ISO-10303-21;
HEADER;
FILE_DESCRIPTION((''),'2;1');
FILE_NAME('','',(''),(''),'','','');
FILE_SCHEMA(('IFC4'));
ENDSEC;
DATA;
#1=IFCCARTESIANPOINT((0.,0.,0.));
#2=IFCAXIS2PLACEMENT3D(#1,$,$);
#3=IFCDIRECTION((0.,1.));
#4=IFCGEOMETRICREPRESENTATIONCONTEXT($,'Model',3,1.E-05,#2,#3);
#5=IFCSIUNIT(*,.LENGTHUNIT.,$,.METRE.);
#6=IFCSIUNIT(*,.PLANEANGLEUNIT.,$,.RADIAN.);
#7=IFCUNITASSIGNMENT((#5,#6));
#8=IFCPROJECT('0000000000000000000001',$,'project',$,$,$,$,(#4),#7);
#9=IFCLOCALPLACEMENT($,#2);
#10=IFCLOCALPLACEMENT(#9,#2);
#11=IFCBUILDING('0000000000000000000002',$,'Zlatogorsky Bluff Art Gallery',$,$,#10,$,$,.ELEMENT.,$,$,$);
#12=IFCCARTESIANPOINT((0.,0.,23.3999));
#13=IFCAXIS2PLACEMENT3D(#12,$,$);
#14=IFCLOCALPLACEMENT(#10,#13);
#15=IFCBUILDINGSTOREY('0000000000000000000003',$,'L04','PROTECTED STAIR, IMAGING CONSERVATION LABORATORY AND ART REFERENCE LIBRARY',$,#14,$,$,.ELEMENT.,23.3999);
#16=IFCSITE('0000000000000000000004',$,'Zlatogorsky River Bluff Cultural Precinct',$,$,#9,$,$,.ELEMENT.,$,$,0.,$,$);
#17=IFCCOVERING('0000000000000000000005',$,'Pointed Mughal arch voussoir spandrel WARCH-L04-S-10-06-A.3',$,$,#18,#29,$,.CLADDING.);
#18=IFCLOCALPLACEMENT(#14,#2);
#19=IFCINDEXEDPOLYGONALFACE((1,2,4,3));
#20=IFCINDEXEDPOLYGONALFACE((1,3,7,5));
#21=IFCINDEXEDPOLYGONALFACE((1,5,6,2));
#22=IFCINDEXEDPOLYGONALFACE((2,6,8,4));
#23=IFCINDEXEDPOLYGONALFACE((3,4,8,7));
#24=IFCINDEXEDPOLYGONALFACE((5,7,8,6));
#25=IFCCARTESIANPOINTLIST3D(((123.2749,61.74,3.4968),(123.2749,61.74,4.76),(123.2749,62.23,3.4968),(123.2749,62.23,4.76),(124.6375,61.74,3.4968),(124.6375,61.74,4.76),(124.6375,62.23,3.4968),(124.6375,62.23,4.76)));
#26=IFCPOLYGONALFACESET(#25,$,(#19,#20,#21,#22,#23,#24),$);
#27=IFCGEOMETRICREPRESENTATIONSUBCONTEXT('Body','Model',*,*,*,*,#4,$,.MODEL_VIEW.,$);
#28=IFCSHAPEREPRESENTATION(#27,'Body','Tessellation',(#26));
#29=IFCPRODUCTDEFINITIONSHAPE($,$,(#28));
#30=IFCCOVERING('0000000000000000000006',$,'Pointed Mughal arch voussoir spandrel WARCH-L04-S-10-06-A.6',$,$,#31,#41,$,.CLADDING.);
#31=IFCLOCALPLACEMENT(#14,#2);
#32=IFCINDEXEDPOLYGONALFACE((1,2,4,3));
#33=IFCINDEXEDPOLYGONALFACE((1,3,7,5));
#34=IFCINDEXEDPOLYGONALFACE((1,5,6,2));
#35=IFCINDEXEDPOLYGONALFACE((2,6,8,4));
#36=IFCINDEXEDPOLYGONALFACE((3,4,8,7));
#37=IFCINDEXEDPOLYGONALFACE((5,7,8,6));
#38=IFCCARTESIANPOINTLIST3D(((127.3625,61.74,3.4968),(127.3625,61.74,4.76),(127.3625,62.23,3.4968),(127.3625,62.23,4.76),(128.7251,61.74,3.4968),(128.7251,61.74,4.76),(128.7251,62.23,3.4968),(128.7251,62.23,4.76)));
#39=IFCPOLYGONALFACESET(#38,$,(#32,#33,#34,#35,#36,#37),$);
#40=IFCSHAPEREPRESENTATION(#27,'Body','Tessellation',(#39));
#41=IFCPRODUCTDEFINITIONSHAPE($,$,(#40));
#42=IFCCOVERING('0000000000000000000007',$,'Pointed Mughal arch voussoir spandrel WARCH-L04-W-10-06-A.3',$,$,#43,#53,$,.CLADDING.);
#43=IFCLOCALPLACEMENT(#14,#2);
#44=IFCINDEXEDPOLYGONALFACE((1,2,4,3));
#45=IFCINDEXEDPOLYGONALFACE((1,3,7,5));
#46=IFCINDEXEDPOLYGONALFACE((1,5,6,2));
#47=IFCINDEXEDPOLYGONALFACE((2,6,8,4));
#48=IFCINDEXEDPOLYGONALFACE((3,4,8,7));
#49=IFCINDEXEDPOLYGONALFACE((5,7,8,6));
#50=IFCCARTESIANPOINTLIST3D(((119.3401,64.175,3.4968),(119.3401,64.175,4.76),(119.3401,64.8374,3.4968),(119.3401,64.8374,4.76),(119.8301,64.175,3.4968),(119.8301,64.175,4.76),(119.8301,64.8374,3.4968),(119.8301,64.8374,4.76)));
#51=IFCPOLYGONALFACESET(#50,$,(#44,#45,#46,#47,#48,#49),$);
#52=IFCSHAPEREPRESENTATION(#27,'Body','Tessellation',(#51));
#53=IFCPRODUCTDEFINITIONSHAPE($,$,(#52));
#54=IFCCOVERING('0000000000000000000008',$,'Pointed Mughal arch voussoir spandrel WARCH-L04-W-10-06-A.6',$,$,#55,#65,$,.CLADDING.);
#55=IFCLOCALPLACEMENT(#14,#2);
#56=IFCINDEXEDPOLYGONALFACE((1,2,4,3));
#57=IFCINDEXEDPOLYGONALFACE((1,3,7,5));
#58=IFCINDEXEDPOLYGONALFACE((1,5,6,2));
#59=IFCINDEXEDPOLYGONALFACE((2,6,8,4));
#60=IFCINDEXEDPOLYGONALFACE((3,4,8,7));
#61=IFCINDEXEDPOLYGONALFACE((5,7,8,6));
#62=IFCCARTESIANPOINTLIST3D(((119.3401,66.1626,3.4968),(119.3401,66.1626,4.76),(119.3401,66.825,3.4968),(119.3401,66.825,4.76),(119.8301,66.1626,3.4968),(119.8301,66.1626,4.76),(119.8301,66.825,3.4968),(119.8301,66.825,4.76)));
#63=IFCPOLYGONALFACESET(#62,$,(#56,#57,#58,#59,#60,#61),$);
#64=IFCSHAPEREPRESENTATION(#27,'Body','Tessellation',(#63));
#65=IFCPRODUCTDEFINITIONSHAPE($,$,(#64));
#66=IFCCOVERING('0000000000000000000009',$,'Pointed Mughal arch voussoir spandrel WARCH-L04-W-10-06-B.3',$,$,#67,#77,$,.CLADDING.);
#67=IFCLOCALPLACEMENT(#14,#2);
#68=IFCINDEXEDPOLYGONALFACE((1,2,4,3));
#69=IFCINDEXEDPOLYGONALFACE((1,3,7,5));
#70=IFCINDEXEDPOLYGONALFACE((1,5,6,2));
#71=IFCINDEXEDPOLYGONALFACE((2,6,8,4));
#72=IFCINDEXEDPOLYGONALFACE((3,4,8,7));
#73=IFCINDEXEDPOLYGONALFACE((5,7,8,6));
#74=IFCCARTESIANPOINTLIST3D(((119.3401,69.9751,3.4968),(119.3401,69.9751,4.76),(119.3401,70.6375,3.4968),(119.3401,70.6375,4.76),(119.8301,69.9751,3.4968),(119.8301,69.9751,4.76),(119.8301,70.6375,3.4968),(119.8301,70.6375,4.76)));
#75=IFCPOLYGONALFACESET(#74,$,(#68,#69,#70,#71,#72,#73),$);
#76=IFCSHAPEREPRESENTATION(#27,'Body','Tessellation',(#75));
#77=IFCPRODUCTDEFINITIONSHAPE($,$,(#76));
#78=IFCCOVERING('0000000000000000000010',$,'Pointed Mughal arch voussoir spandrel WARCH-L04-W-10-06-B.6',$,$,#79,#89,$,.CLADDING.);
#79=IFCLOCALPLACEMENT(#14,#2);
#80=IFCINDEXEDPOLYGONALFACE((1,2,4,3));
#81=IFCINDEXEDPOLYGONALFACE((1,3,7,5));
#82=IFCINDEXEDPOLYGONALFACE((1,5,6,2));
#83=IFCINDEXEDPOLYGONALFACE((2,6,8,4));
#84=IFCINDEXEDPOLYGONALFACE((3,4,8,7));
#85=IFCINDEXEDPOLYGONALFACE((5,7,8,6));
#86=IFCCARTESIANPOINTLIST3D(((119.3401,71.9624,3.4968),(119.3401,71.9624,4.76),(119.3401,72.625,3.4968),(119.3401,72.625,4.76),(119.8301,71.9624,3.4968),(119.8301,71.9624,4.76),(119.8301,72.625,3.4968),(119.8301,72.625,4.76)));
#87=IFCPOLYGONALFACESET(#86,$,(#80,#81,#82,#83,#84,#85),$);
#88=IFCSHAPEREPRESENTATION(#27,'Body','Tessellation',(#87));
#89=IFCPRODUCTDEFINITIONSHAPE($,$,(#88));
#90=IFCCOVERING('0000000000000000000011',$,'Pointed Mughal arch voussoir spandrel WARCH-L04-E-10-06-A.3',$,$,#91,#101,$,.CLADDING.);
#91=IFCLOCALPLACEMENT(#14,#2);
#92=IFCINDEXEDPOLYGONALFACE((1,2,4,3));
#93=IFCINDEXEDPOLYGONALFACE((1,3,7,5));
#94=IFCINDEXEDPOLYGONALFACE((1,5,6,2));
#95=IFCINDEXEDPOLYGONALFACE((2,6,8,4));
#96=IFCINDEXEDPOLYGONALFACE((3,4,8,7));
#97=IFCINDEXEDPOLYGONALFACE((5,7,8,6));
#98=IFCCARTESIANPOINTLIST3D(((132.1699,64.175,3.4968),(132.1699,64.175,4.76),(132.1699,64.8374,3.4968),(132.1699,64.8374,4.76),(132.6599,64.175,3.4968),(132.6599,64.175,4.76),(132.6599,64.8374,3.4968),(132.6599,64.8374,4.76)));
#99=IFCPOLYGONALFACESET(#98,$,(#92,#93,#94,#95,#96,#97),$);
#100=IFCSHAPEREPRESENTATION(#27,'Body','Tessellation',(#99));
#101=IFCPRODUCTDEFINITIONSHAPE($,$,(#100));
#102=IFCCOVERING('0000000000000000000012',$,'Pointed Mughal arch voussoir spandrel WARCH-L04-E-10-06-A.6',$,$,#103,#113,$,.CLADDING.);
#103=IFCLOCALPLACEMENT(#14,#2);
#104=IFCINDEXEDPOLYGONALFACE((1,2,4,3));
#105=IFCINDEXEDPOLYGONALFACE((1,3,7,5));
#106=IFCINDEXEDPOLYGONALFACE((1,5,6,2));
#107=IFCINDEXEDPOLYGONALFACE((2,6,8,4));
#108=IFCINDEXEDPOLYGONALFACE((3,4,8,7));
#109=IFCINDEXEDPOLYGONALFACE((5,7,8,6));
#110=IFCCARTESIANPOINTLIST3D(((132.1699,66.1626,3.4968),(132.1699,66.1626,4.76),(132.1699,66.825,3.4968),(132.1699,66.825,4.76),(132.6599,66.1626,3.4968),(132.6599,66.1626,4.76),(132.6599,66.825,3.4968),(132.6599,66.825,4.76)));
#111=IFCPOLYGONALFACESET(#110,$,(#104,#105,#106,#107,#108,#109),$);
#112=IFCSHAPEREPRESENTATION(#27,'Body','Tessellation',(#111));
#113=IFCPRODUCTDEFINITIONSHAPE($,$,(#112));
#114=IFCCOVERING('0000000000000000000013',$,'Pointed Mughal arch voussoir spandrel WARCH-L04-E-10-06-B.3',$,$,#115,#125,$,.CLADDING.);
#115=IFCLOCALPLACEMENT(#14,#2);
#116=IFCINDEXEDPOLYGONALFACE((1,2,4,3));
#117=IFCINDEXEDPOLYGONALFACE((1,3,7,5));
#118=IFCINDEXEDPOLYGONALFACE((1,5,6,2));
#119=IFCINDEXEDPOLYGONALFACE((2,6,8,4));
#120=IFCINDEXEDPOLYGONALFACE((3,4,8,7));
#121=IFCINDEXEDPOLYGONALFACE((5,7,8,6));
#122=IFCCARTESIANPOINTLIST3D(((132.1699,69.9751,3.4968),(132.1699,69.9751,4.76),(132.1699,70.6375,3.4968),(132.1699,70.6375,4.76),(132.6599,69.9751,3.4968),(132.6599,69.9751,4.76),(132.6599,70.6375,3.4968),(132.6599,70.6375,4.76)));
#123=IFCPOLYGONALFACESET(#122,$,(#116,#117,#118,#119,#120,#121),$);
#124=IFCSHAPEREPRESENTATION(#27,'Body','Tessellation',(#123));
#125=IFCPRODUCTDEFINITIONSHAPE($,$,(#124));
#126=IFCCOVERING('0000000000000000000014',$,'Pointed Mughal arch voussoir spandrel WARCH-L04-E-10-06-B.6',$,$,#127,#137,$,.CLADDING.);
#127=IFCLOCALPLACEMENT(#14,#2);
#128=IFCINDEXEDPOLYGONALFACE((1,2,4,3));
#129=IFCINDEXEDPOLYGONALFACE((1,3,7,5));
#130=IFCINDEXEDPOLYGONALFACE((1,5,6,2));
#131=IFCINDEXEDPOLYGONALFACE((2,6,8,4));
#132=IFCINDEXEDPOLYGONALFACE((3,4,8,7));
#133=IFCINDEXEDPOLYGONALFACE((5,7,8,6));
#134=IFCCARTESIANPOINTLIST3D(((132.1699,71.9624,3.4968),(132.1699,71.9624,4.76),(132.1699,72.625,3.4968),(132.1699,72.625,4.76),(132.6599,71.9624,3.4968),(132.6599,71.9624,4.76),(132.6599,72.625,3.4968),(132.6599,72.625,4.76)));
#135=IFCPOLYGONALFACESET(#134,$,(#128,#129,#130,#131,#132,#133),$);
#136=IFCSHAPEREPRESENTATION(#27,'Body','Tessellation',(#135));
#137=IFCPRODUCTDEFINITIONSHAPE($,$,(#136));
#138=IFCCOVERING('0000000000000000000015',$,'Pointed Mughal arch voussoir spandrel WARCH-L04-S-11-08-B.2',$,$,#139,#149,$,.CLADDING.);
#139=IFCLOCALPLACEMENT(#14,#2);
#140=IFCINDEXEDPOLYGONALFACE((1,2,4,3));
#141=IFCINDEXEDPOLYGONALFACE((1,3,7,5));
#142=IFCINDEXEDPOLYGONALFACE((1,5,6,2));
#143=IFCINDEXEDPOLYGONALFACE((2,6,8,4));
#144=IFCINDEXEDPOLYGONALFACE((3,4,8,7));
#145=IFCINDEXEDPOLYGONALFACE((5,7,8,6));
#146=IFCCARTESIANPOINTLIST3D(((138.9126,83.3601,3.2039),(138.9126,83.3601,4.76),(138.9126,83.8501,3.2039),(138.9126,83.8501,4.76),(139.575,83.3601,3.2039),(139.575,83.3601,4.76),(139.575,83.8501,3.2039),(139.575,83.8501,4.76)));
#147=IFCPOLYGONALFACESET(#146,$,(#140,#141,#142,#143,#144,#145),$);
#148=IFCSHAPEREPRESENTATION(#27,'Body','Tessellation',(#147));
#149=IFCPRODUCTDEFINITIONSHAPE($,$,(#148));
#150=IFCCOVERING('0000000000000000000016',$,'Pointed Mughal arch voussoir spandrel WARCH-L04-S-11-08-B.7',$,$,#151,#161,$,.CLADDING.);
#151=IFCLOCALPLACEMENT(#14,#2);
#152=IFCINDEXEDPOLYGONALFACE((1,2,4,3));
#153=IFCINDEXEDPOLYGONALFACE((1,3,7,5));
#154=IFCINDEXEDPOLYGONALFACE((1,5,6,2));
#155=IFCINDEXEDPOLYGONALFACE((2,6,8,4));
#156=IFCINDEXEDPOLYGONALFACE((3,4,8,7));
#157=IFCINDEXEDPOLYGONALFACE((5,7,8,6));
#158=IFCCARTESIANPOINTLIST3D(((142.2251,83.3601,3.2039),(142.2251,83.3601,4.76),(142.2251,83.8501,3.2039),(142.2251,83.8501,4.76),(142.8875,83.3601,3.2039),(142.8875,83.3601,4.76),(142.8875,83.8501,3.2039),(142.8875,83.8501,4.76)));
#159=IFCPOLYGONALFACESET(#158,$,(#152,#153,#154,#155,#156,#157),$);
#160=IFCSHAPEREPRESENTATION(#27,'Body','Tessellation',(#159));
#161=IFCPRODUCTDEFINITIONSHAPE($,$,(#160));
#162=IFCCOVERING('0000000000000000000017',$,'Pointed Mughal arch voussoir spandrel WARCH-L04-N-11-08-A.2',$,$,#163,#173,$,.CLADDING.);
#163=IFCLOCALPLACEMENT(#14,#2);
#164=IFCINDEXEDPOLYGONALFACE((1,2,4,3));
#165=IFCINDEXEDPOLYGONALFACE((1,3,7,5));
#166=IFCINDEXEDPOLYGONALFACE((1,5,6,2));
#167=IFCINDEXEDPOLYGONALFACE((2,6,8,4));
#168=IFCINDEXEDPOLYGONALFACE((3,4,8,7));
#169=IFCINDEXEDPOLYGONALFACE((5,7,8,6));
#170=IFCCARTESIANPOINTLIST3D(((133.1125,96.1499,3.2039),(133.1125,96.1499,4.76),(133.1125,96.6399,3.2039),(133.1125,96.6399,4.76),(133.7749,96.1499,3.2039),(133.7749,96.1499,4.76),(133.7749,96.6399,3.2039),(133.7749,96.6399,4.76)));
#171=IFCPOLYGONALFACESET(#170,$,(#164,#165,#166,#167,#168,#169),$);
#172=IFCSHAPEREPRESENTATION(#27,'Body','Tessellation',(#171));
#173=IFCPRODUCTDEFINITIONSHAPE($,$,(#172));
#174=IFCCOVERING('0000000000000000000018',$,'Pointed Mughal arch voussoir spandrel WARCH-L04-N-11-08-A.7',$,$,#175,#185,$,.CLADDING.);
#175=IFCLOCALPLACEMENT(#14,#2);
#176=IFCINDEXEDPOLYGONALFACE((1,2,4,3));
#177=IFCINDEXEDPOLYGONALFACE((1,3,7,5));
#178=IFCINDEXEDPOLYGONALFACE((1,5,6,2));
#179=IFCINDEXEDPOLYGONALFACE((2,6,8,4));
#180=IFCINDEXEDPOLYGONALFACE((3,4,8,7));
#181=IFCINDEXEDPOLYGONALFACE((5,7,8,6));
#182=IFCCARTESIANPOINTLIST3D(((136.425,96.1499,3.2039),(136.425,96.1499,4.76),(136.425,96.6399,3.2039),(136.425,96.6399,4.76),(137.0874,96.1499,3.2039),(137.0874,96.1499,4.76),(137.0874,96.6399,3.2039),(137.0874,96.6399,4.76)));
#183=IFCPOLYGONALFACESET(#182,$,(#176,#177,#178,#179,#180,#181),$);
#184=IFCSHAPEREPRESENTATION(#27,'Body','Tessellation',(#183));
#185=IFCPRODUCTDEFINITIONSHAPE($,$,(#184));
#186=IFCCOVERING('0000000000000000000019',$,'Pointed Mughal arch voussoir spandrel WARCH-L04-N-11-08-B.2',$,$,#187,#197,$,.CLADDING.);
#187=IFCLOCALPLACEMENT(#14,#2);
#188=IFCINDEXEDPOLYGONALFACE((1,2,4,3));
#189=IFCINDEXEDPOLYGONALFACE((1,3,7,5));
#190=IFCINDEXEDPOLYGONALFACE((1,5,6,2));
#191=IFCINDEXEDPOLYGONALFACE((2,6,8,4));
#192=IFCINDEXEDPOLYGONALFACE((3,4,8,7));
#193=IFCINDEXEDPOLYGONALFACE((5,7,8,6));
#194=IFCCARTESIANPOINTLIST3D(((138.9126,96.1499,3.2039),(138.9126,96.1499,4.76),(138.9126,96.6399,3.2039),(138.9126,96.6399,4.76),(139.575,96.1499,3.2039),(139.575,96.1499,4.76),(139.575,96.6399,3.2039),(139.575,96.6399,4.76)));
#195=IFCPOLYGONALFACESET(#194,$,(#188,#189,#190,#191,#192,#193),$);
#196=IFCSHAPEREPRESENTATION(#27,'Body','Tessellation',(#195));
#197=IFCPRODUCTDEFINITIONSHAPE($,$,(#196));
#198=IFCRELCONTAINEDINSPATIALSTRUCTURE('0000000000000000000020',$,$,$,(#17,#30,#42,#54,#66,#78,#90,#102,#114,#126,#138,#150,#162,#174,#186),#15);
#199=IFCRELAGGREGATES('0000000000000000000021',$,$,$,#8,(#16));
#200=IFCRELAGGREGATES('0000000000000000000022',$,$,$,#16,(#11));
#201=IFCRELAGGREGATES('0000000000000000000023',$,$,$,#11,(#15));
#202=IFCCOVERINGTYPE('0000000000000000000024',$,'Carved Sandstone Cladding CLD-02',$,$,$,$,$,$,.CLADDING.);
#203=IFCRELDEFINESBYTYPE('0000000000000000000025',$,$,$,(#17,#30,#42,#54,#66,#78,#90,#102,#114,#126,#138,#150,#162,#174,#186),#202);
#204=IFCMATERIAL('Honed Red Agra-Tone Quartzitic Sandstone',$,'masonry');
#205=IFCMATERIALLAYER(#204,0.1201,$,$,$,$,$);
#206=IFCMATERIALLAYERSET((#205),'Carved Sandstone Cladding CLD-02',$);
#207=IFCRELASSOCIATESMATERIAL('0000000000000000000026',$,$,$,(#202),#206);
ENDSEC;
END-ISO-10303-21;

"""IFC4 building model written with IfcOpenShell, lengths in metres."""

from ifc_helpers import new_model, si_unit, direction, frame, origin, place, context, subcontext, project, spatial, polyline, outline, extrude, material, layer, layer_set, type_object, element, save


model = new_model("IFC4")

# Units and contexts
model_context = context("Model", 3, precision=1e-05, world=origin(), true_north=direction((0.0, 1.0)))
body_context = subcontext(model_context, "Body", "Model", "MODEL_VIEW")
ifc_project = project(units=[si_unit("LENGTHUNIT", "METRE"), si_unit("PLANEANGLEUNIT", "RADIAN")], contexts=[model_context])

# Site, building, storey
site_placement = place(None, origin())
site = spatial("IfcSite", under=ifc_project, at=site_placement, Name="Zlatogorsky River Bluff Cultural Precinct", CompositionType="ELEMENT", RefElevation=0.0)
building_placement = place(site_placement, origin())
building = spatial("IfcBuilding", under=site, at=building_placement, Name="Zlatogorsky Bluff Art Gallery", CompositionType="ELEMENT")
storey_placement = place(building_placement, frame((0.0, 0.0, 23.3999)))
storey = spatial("IfcBuildingStorey", under=building, at=storey_placement, Name="L04", Description="PROTECTED STAIR, IMAGING CONSERVATION LABORATORY AND ART REFERENCE LIBRARY", CompositionType="ELEMENT", Elevation=23.3999)

# Coverings
ifc_material = material(Name="Honed Red Agra-Tone Quartzitic Sandstone", Category="masonry")
ifc_layer = layer(ifc_material, 0.1201)
ifc_layer_set = layer_set([ifc_layer], Name="Carved Sandstone Cladding CLD-02")
covering_type = type_object("IfcCoveringType", Name="Carved Sandstone Cladding CLD-02", PredefinedType="CLADDING", material=ifc_layer_set)
covering_1_placement = place(storey_placement, frame((0.0, 0.0, 3.4968)))
element("IfcCovering", 1, at=covering_1_placement, inside=storey, type_object=covering_type, Name="Pointed Mughal arch voussoir spandrel WARCH-L04-S-10-06-A.3", PredefinedType="CLADDING", context=body_context, shape_type="SweptSolid", body=[
    extrude(outline(polyline([(123.2749, 61.74), (124.6375, 61.74), (124.6375, 62.23), (123.2749, 62.23), (123.2749, 61.74)])), origin(), (0.0, 0.0, 1.0), 1.2632),
])
covering_2_placement = place(storey_placement, frame((0.0, 0.0, 3.4968)))
element("IfcCovering", 2, at=covering_2_placement, inside=storey, type_object=covering_type, Name="Pointed Mughal arch voussoir spandrel WARCH-L04-S-10-06-A.6", PredefinedType="CLADDING", context=body_context, shape_type="SweptSolid", body=[
    extrude(outline(polyline([(127.3625, 61.74), (128.7251, 61.74), (128.7251, 62.23), (127.3625, 62.23), (127.3625, 61.74)])), origin(), (0.0, 0.0, 1.0), 1.2632),
])
covering_3_placement = place(storey_placement, frame((0.0, 0.0, 3.4968)))
element("IfcCovering", 3, at=covering_3_placement, inside=storey, type_object=covering_type, Name="Pointed Mughal arch voussoir spandrel WARCH-L04-W-10-06-A.3", PredefinedType="CLADDING", context=body_context, shape_type="SweptSolid", body=[
    extrude(outline(polyline([(119.3401, 64.175), (119.3401, 64.8374), (119.8301, 64.8374), (119.8301, 64.175), (119.3401, 64.175)])), origin(), (0.0, 0.0, 1.0), 1.2632),
])
covering_4_placement = place(storey_placement, frame((0.0, 0.0, 3.4968)))
element("IfcCovering", 4, at=covering_4_placement, inside=storey, type_object=covering_type, Name="Pointed Mughal arch voussoir spandrel WARCH-L04-W-10-06-A.6", PredefinedType="CLADDING", context=body_context, shape_type="SweptSolid", body=[
    extrude(outline(polyline([(119.3401, 66.1626), (119.3401, 66.825), (119.8301, 66.825), (119.8301, 66.1626), (119.3401, 66.1626)])), origin(), (0.0, 0.0, 1.0), 1.2632),
])
covering_5_placement = place(storey_placement, frame((0.0, 0.0, 3.4968)))
element("IfcCovering", 5, at=covering_5_placement, inside=storey, type_object=covering_type, Name="Pointed Mughal arch voussoir spandrel WARCH-L04-W-10-06-B.3", PredefinedType="CLADDING", context=body_context, shape_type="SweptSolid", body=[
    extrude(outline(polyline([(119.3401, 69.9751), (119.3401, 70.6375), (119.8301, 70.6375), (119.8301, 69.9751), (119.3401, 69.9751)])), origin(), (0.0, 0.0, 1.0), 1.2632),
])
covering_6_placement = place(storey_placement, frame((0.0, 0.0, 3.4968)))
element("IfcCovering", 6, at=covering_6_placement, inside=storey, type_object=covering_type, Name="Pointed Mughal arch voussoir spandrel WARCH-L04-W-10-06-B.6", PredefinedType="CLADDING", context=body_context, shape_type="SweptSolid", body=[
    extrude(outline(polyline([(119.3401, 71.9624), (119.3401, 72.625), (119.8301, 72.625), (119.8301, 71.9624), (119.3401, 71.9624)])), origin(), (0.0, 0.0, 1.0), 1.2632),
])
covering_7_placement = place(storey_placement, frame((0.0, 0.0, 3.4968)))
element("IfcCovering", 7, at=covering_7_placement, inside=storey, type_object=covering_type, Name="Pointed Mughal arch voussoir spandrel WARCH-L04-E-10-06-A.3", PredefinedType="CLADDING", context=body_context, shape_type="SweptSolid", body=[
    extrude(outline(polyline([(132.1699, 64.175), (132.1699, 64.8374), (132.6599, 64.8374), (132.6599, 64.175), (132.1699, 64.175)])), origin(), (0.0, 0.0, 1.0), 1.2632),
])
covering_8_placement = place(storey_placement, frame((0.0, 0.0, 3.4968)))
element("IfcCovering", 8, at=covering_8_placement, inside=storey, type_object=covering_type, Name="Pointed Mughal arch voussoir spandrel WARCH-L04-E-10-06-A.6", PredefinedType="CLADDING", context=body_context, shape_type="SweptSolid", body=[
    extrude(outline(polyline([(132.1699, 66.1626), (132.1699, 66.825), (132.6599, 66.825), (132.6599, 66.1626), (132.1699, 66.1626)])), origin(), (0.0, 0.0, 1.0), 1.2632),
])
covering_9_placement = place(storey_placement, frame((0.0, 0.0, 3.4968)))
element("IfcCovering", 9, at=covering_9_placement, inside=storey, type_object=covering_type, Name="Pointed Mughal arch voussoir spandrel WARCH-L04-E-10-06-B.3", PredefinedType="CLADDING", context=body_context, shape_type="SweptSolid", body=[
    extrude(outline(polyline([(132.1699, 69.9751), (132.1699, 70.6375), (132.6599, 70.6375), (132.6599, 69.9751), (132.1699, 69.9751)])), origin(), (0.0, 0.0, 1.0), 1.2632),
])
covering_10_placement = place(storey_placement, frame((0.0, 0.0, 3.4968)))
element("IfcCovering", 10, at=covering_10_placement, inside=storey, type_object=covering_type, Name="Pointed Mughal arch voussoir spandrel WARCH-L04-E-10-06-B.6", PredefinedType="CLADDING", context=body_context, shape_type="SweptSolid", body=[
    extrude(outline(polyline([(132.1699, 71.9624), (132.1699, 72.625), (132.6599, 72.625), (132.6599, 71.9624), (132.1699, 71.9624)])), origin(), (0.0, 0.0, 1.0), 1.2632),
])
covering_11_placement = place(storey_placement, frame((0.0, 0.0, 3.2039)))
element("IfcCovering", 11, at=covering_11_placement, inside=storey, type_object=covering_type, Name="Pointed Mughal arch voussoir spandrel WARCH-L04-S-11-08-B.2", PredefinedType="CLADDING", context=body_context, shape_type="SweptSolid", body=[
    extrude(outline(polyline([(138.9126, 83.3601), (139.575, 83.3601), (139.575, 83.8501), (138.9126, 83.8501), (138.9126, 83.3601)])), origin(), (0.0, 0.0, 1.0), 1.5562),
])
covering_12_placement = place(storey_placement, frame((0.0, 0.0, 3.2039)))
element("IfcCovering", 12, at=covering_12_placement, inside=storey, type_object=covering_type, Name="Pointed Mughal arch voussoir spandrel WARCH-L04-S-11-08-B.7", PredefinedType="CLADDING", context=body_context, shape_type="SweptSolid", body=[
    extrude(outline(polyline([(142.2251, 83.3601), (142.8875, 83.3601), (142.8875, 83.8501), (142.2251, 83.8501), (142.2251, 83.3601)])), origin(), (0.0, 0.0, 1.0), 1.5562),
])
covering_13_placement = place(storey_placement, frame((0.0, 0.0, 3.2039)))
element("IfcCovering", 13, at=covering_13_placement, inside=storey, type_object=covering_type, Name="Pointed Mughal arch voussoir spandrel WARCH-L04-N-11-08-A.2", PredefinedType="CLADDING", context=body_context, shape_type="SweptSolid", body=[
    extrude(outline(polyline([(133.1125, 96.1499), (133.7749, 96.1499), (133.7749, 96.6399), (133.1125, 96.6399), (133.1125, 96.1499)])), origin(), (0.0, 0.0, 1.0), 1.5562),
])
covering_14_placement = place(storey_placement, frame((0.0, 0.0, 3.2039)))
element("IfcCovering", 14, at=covering_14_placement, inside=storey, type_object=covering_type, Name="Pointed Mughal arch voussoir spandrel WARCH-L04-N-11-08-A.7", PredefinedType="CLADDING", context=body_context, shape_type="SweptSolid", body=[
    extrude(outline(polyline([(136.425, 96.1499), (137.0874, 96.1499), (137.0874, 96.6399), (136.425, 96.6399), (136.425, 96.1499)])), origin(), (0.0, 0.0, 1.0), 1.5562),
])
covering_15_placement = place(storey_placement, frame((0.0, 0.0, 3.2039)))
element("IfcCovering", 15, at=covering_15_placement, inside=storey, type_object=covering_type, Name="Pointed Mughal arch voussoir spandrel WARCH-L04-N-11-08-B.2", PredefinedType="CLADDING", context=body_context, shape_type="SweptSolid", body=[
    extrude(outline(polyline([(138.9126, 96.1499), (139.575, 96.1499), (139.575, 96.6399), (138.9126, 96.6399), (138.9126, 96.1499)])), origin(), (0.0, 0.0, 1.0), 1.5562),
])

save(model, "model.ifc")
